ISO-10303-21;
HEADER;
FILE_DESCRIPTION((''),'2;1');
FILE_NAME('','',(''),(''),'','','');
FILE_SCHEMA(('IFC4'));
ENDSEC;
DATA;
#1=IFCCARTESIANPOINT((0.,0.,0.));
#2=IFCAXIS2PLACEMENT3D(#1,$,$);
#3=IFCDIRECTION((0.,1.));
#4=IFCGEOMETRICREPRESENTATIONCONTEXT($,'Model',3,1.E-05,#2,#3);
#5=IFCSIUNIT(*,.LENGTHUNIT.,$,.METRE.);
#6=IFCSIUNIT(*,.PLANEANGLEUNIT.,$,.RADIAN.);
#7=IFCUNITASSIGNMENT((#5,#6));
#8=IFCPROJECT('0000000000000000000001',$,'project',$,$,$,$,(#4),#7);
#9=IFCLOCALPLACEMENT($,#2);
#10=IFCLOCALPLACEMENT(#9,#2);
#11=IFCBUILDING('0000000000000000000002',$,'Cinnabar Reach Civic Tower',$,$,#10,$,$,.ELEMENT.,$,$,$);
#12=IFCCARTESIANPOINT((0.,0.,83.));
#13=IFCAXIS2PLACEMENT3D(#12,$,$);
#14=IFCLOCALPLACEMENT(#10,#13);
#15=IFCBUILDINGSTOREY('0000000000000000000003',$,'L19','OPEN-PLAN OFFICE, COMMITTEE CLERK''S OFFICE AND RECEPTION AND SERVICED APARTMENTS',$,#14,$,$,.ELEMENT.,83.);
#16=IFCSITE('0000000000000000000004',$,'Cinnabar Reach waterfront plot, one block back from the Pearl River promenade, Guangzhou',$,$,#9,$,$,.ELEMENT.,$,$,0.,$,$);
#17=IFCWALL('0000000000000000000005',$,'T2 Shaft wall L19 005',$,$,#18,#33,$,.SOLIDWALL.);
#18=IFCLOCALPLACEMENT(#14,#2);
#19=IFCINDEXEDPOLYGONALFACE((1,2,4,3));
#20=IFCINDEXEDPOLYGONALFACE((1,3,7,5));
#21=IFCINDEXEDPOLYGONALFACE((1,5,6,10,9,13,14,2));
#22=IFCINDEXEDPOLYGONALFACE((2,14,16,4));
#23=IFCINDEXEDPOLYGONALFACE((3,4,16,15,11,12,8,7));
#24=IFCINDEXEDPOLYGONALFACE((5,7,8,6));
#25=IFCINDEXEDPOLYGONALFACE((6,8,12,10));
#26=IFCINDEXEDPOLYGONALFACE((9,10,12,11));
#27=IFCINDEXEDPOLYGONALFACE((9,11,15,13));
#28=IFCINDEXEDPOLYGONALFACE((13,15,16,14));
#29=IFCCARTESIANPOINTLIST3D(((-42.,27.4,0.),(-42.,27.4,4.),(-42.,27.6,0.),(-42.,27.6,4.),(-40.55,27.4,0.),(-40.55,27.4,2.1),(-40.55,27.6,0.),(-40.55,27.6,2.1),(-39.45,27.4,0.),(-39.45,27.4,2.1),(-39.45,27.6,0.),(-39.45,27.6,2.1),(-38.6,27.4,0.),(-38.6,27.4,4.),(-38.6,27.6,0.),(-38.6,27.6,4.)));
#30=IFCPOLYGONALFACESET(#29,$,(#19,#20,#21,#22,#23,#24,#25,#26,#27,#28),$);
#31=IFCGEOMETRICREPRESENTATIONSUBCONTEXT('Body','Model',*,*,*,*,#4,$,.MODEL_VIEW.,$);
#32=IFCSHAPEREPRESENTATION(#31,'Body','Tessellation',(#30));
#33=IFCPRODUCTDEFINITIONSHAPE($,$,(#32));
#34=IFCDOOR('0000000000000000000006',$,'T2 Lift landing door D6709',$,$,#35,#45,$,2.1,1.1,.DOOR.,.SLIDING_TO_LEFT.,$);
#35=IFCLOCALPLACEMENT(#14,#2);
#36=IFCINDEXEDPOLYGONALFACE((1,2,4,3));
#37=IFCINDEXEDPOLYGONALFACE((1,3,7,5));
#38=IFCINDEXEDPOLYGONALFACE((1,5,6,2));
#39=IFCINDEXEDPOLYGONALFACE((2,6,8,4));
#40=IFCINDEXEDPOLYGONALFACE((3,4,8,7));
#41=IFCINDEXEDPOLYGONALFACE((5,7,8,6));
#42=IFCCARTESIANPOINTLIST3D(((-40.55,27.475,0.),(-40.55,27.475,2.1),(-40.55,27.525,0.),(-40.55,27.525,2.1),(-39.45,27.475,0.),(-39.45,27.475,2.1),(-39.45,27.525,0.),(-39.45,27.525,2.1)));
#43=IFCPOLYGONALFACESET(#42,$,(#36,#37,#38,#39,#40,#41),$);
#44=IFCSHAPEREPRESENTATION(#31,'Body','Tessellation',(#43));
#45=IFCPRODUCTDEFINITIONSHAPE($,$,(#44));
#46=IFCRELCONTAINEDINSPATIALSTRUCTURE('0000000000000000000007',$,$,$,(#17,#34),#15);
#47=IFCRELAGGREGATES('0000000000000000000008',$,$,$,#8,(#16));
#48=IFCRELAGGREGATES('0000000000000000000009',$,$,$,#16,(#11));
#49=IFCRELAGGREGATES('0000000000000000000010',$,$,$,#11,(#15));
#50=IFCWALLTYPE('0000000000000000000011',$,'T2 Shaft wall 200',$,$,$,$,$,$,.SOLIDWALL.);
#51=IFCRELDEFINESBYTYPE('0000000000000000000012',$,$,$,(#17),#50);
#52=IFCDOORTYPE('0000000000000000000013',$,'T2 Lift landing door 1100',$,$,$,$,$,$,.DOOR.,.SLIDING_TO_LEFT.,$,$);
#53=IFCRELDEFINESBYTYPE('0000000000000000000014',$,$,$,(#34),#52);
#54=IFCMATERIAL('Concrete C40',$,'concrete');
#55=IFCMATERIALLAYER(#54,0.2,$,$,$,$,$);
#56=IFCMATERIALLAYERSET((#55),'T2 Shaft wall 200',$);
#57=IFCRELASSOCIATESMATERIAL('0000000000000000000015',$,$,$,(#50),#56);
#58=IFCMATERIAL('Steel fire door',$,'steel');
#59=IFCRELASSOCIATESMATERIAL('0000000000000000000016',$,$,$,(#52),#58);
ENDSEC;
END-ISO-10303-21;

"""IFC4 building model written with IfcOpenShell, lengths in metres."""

from ifc_helpers import new_model, si_unit, direction, frame, frame_2d, origin, place, context, subcontext, project, spatial, rectangle, extrude, material, layer, layer_set, type_object, element, fill, save


model = new_model("IFC4")

# Units and contexts
model_context = context("Model", 3, precision=1e-05, world=origin(), true_north=direction((0.0, 1.0)))
body_context = subcontext(model_context, "Body", "Model", "MODEL_VIEW")
ifc_project = project(units=[si_unit("LENGTHUNIT", "METRE"), si_unit("PLANEANGLEUNIT", "RADIAN")], contexts=[model_context])

# Site, building, storey
site_placement = place(None, origin())
site = spatial("IfcSite", under=ifc_project, at=site_placement, Name="Cinnabar Reach waterfront plot, one block back from the Pearl River promenade, Guangzhou", CompositionType="ELEMENT", RefElevation=0.0)
building_placement = place(site_placement, origin())
building = spatial("IfcBuilding", under=site, at=building_placement, Name="Cinnabar Reach Civic Tower", CompositionType="ELEMENT")
storey_placement = place(building_placement, frame((0.0, 0.0, 83.0)))
storey = spatial("IfcBuildingStorey", under=building, at=storey_placement, Name="L19", Description="OPEN-PLAN OFFICE, COMMITTEE CLERK'S OFFICE AND RECEPTION AND SERVICED APARTMENTS", CompositionType="ELEMENT", Elevation=83.0)

# Shared definitions
ifc_material_1 = material(Name="Steel fire door", Category="steel")

# Wall, opening, door
ifc_material_2 = material(Name="Concrete C40", Category="concrete")
ifc_layer_1 = layer(ifc_material_2, 0.2)
ifc_layer_set_1 = layer_set([ifc_layer_1], Name="T2 Shaft wall 200")
wall_type_1 = type_object("IfcWallType", Name="T2 Shaft wall 200", PredefinedType="SOLIDWALL", material=ifc_layer_set_1)
door_type_1 = type_object("IfcDoorType", Name="T2 Lift landing door 1100", OperationType="SLIDING_TO_LEFT", PredefinedType="DOOR", material=ifc_material_1)
wall_1_placement = place(storey_placement, frame((-42.0, 27.5, 0.0), z_axis=(0.0, 0.0, 1.0), x_axis=(1.0, 0.0, 0.0)))
wall_1 = element("IfcWall", 1, at=wall_1_placement, inside=storey, type_object=wall_type_1, Name="T2 Shaft wall L19 005", PredefinedType="SOLIDWALL", context=body_context, shape_type="SweptSolid", body=[
    extrude(rectangle(XDim=3.4, YDim=0.2, at=frame_2d((1.7, 0.0))), origin(), (0.0, 0.0, 1.0), 4.0),
])
opening_1_placement = place(wall_1_placement, frame((1.45, 0.0, 0.0)))
opening_1 = element("IfcOpeningElement", 2, at=opening_1_placement, cuts=wall_1, PredefinedType="OPENING", context=body_context, shape_type="SweptSolid", body=[
    extrude(rectangle(XDim=1.1, YDim=2.1, at=frame_2d((0.55, 1.05))), frame((0.0, 0.11, 0.0), z_axis=(0.0, -1.0, 0.0), x_axis=(1.0, 0.0, 0.0)), (0.0, 0.0, 1.0), 0.22),
])
door_1_placement = place(opening_1_placement, origin())
door_1 = element("IfcDoor", 3, at=door_1_placement, inside=storey, type_object=door_type_1, Name="T2 Lift landing door D6709", OperationType="SLIDING_TO_LEFT", OverallHeight=2.1, OverallWidth=1.1, PredefinedType="DOOR", context=body_context, shape_type="SweptSolid", body=[
    extrude(rectangle(XDim=1.1, YDim=2.1, at=frame_2d((0.55, 1.05))), frame((0.0, 0.025, 0.0), z_axis=(0.0, -1.0, 0.0), x_axis=(1.0, 0.0, 0.0)), (0.0, 0.0, 1.0), 0.05),
])
fill(opening_1, door_1)

save(model, "model.ifc")
